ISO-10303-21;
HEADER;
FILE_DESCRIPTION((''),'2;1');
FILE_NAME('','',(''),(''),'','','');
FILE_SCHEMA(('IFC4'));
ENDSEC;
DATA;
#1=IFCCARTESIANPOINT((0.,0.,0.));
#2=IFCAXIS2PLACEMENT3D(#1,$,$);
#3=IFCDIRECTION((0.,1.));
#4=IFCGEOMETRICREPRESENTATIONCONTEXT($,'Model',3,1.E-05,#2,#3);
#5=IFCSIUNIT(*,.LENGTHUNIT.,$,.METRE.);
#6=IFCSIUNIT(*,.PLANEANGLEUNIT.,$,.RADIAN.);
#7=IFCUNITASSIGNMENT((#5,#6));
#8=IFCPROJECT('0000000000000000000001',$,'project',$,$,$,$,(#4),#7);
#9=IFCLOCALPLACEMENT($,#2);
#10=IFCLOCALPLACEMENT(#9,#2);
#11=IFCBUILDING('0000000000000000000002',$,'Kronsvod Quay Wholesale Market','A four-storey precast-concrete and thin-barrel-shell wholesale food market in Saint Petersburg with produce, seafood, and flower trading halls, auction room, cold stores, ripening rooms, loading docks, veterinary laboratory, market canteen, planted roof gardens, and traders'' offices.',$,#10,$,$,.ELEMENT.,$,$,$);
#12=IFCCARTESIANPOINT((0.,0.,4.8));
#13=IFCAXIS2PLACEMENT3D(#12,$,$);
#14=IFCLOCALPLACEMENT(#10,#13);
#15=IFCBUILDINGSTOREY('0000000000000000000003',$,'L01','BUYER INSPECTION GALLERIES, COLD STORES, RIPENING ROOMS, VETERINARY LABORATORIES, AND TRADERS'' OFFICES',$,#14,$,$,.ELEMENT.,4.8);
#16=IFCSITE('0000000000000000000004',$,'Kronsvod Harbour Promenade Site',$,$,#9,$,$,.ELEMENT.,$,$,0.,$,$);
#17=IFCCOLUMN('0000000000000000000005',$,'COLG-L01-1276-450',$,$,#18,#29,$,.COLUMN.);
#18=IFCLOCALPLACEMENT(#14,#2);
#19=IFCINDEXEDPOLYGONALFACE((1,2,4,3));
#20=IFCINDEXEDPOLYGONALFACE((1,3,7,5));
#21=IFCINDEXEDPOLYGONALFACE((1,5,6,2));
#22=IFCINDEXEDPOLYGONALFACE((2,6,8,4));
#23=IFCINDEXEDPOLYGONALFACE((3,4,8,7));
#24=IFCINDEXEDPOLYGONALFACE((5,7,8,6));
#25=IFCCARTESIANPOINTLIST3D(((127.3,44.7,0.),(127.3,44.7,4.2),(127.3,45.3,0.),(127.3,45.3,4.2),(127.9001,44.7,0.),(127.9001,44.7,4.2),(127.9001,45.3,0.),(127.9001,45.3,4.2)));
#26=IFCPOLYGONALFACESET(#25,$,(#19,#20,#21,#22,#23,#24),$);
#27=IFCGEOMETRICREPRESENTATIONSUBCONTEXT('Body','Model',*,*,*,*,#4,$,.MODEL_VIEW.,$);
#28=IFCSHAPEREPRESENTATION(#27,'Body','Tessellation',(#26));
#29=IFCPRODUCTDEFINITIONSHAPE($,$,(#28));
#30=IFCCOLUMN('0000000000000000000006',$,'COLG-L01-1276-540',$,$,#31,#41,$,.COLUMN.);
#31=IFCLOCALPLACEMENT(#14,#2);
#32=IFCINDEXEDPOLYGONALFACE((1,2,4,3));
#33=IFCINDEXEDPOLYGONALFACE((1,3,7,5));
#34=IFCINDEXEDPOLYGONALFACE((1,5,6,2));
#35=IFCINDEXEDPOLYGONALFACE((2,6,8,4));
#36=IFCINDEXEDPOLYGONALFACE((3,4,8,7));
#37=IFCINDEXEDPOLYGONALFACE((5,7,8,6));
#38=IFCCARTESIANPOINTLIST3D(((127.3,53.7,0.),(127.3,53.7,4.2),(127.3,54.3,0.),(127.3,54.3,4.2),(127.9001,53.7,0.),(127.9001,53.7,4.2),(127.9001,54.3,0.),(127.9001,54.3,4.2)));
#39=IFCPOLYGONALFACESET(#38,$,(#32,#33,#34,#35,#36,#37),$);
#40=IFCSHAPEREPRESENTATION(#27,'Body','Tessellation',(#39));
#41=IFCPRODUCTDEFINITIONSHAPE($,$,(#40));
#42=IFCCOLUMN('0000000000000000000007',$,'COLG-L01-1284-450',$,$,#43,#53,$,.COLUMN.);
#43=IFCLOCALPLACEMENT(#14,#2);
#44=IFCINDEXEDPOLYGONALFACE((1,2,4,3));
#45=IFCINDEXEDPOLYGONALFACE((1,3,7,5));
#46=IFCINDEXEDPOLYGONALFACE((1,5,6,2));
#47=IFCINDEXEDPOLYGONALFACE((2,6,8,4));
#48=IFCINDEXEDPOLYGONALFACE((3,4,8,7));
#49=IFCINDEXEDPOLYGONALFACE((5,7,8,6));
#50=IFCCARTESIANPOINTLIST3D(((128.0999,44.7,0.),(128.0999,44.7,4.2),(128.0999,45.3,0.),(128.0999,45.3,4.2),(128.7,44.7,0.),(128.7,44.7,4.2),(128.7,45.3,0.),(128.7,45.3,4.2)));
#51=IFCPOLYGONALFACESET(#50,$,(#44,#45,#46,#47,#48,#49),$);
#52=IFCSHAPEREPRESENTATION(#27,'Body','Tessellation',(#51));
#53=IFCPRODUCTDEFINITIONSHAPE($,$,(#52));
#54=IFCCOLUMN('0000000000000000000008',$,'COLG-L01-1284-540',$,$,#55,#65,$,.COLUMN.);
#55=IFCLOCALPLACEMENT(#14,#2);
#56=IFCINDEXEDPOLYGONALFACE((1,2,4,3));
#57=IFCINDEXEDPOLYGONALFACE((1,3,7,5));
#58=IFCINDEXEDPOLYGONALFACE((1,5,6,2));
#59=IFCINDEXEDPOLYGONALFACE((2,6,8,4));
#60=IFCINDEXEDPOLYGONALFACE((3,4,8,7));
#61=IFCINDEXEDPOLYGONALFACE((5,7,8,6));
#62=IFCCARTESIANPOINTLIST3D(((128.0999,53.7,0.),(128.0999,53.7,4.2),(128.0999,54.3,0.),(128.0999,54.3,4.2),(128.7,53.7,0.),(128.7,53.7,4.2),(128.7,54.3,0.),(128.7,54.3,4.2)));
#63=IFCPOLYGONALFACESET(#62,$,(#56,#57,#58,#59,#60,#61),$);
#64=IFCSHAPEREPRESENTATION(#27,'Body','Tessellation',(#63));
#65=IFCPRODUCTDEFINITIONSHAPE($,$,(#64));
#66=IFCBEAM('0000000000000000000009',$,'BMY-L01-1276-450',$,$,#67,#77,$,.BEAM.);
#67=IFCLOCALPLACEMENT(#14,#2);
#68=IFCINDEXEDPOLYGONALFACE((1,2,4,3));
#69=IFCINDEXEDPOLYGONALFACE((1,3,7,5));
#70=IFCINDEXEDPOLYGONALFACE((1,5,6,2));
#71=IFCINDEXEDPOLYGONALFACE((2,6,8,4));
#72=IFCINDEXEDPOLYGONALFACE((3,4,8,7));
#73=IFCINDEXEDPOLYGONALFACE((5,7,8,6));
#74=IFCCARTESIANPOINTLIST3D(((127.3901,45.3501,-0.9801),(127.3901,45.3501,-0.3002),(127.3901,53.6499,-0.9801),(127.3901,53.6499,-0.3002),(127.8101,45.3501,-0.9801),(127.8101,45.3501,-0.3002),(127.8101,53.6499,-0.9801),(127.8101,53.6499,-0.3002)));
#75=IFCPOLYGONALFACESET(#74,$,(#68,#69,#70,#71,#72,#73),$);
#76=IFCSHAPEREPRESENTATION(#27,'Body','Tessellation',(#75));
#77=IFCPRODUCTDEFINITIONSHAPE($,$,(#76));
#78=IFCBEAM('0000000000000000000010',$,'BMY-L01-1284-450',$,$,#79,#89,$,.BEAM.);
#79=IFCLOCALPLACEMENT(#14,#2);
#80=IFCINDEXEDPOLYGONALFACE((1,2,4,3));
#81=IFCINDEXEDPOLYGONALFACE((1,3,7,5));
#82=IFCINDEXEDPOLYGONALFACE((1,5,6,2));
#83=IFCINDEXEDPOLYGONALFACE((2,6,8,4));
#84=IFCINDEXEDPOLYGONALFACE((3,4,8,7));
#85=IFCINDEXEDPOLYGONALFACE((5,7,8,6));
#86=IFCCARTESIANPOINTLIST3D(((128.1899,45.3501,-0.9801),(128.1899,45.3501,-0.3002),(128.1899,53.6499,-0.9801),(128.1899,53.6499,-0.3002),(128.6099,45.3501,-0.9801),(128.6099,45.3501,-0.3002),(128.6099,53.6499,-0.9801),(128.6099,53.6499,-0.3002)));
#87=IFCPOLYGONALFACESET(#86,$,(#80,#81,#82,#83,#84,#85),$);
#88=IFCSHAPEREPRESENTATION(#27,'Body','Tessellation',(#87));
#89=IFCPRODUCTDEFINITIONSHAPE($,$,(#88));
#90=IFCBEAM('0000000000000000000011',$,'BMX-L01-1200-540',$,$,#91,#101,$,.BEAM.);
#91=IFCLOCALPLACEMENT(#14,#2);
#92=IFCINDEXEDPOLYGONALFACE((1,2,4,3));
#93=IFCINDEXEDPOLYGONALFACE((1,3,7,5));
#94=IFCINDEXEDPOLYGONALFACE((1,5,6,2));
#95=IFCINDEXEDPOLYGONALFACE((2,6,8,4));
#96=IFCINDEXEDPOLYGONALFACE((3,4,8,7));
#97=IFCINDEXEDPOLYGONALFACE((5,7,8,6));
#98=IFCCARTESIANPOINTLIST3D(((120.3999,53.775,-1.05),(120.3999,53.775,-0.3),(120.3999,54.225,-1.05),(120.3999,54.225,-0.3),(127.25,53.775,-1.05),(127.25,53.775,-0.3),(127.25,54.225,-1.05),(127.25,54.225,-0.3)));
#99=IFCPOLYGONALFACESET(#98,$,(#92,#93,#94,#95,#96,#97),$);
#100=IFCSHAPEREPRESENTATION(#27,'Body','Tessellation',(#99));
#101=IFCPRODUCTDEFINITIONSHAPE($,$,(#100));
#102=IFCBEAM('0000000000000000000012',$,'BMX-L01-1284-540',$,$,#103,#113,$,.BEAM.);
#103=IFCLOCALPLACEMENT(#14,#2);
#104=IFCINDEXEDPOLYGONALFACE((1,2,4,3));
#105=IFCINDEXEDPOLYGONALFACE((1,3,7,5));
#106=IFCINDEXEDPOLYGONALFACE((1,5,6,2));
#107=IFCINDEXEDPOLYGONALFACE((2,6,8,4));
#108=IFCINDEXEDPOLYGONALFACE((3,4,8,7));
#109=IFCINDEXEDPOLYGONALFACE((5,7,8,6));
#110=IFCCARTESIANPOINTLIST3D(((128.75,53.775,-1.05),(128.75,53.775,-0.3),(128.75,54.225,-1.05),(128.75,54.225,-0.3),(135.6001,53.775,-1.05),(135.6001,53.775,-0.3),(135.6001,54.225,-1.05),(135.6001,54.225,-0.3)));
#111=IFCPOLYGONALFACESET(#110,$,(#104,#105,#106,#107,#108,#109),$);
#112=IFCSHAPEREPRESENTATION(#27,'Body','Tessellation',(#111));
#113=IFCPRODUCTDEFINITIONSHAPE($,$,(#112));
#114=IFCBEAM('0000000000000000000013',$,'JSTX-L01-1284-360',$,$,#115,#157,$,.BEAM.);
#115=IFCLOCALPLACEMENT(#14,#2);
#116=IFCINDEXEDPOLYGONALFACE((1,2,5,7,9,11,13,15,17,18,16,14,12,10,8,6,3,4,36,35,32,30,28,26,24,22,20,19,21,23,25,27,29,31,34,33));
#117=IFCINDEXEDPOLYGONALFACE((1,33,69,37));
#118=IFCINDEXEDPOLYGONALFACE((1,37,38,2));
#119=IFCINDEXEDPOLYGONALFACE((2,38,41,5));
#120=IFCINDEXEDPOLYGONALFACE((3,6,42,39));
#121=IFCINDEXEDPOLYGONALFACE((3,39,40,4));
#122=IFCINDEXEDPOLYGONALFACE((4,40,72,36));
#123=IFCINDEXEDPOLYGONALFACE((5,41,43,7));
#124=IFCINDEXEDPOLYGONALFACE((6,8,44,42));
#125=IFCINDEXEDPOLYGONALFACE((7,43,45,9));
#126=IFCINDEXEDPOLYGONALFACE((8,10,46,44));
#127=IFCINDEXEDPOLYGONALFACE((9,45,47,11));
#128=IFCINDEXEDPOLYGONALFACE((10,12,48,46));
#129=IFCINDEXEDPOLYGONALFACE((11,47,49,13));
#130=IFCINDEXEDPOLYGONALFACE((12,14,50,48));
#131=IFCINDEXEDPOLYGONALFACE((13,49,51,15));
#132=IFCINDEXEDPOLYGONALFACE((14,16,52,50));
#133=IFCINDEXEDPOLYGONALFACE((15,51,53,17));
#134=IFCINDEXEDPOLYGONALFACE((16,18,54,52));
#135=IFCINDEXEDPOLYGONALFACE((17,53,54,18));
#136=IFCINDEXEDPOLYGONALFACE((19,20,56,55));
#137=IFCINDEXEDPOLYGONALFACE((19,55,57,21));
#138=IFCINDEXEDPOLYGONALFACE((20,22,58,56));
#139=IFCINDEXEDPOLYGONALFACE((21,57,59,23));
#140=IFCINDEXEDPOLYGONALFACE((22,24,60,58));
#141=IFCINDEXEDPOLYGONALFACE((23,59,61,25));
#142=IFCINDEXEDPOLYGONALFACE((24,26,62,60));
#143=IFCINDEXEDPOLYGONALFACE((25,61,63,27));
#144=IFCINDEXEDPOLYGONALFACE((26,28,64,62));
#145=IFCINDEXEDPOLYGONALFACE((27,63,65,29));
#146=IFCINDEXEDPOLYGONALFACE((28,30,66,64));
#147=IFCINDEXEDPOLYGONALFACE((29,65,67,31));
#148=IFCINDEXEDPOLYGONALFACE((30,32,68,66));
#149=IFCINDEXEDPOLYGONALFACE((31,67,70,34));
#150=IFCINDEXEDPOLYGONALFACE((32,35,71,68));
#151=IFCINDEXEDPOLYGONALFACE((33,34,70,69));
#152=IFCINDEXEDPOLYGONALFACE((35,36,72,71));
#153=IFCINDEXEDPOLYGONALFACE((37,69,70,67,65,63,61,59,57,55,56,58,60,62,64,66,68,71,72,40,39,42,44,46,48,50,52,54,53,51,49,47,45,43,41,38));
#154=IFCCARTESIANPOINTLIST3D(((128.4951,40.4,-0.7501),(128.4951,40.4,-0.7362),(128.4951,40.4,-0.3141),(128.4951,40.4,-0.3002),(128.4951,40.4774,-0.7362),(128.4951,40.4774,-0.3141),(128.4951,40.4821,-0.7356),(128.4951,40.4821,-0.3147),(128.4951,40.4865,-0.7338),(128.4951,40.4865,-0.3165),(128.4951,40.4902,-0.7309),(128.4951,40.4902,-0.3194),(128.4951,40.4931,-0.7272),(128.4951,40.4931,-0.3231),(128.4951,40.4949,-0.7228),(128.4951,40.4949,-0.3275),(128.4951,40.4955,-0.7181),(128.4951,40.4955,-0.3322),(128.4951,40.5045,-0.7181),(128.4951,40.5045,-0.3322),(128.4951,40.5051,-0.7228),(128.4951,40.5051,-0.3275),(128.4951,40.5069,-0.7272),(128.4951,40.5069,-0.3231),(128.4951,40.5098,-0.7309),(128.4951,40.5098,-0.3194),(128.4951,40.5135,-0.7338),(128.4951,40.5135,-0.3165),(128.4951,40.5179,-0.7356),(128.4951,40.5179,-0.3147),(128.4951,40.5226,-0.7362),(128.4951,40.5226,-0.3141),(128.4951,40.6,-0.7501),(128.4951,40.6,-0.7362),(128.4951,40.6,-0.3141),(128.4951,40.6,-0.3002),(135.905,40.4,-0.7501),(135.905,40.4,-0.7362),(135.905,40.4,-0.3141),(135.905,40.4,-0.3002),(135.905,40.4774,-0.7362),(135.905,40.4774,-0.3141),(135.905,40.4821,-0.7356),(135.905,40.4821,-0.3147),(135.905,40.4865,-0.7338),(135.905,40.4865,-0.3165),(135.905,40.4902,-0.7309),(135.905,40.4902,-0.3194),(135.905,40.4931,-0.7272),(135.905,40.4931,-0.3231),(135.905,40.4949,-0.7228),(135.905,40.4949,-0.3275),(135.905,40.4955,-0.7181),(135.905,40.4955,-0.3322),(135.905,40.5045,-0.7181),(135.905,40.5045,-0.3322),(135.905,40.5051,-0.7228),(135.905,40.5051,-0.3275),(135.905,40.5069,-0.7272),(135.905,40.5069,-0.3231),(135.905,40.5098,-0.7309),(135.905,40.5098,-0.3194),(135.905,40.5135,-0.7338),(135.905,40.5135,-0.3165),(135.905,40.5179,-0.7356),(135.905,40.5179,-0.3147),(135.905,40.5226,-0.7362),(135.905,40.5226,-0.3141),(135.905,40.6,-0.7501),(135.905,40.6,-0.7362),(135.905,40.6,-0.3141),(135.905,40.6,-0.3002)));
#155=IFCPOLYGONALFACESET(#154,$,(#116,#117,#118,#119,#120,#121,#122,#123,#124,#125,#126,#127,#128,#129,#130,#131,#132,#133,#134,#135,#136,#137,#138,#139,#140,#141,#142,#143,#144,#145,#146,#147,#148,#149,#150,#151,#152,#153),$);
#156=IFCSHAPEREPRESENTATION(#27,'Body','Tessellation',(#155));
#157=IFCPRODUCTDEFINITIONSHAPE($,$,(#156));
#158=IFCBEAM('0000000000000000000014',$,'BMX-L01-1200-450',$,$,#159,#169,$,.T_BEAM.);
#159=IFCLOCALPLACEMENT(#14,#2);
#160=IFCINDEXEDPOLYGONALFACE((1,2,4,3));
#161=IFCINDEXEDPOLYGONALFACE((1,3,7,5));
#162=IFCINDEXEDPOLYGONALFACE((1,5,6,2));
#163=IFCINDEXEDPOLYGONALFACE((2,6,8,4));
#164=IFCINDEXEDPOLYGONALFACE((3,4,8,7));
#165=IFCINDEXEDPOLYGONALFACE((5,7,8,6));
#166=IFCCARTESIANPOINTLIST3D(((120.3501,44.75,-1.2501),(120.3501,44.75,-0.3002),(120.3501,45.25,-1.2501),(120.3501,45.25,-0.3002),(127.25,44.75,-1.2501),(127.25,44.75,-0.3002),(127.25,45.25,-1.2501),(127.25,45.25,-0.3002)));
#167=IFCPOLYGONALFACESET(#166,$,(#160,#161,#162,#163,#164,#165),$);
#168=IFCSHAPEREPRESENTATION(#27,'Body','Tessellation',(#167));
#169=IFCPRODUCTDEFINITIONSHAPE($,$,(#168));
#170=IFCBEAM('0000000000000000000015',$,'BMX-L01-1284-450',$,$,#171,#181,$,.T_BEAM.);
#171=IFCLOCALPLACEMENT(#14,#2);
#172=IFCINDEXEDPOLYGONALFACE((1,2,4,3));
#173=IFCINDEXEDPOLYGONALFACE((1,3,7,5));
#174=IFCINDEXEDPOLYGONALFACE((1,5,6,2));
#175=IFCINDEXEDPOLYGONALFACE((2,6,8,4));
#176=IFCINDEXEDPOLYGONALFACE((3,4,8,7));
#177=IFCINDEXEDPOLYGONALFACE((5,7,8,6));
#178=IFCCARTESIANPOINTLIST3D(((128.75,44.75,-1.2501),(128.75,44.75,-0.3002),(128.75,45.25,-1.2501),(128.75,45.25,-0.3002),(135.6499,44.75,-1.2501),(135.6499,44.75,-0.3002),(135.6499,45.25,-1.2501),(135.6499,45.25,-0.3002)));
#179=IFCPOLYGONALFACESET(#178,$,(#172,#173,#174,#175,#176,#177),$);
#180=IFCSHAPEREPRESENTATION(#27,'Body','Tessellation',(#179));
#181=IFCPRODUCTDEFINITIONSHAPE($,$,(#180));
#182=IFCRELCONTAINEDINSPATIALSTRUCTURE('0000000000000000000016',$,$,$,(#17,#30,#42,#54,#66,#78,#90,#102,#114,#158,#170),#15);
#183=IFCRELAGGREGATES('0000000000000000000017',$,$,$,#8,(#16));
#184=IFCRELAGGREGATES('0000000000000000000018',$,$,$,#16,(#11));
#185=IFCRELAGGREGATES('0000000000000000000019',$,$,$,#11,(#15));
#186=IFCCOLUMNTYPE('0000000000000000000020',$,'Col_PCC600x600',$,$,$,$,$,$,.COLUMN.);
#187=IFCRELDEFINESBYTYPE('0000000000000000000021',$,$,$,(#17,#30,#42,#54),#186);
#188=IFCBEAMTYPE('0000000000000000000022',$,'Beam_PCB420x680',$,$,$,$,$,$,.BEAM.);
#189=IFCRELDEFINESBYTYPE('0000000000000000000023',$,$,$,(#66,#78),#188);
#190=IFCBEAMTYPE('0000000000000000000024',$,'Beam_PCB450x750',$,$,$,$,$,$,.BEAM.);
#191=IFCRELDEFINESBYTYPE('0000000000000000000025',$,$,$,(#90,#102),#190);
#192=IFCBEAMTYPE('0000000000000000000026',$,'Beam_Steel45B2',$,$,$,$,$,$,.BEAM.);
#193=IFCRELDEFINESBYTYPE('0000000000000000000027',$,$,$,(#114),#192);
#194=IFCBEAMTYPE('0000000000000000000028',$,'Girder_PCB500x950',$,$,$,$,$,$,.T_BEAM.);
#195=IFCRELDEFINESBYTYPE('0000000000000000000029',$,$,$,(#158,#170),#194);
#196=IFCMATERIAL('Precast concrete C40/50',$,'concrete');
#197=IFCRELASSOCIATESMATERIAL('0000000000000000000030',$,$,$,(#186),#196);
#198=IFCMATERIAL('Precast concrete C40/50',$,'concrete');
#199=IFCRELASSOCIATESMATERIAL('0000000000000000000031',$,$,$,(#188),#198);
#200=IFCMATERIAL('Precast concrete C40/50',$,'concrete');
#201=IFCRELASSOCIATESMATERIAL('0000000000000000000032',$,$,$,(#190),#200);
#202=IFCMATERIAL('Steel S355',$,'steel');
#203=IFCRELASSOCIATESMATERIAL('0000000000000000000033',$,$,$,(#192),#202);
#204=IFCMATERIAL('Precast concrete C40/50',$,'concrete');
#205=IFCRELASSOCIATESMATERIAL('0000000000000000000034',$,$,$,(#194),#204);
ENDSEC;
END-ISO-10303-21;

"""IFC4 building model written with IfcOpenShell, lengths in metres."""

from ifc_helpers import new_model, si_unit, direction, frame, origin, origin_2d, place, context, subcontext, project, spatial, rectangle, i_section, extrude, material, material_profile, profile_set, type_object, element, save


model = new_model("IFC4")

# Units and contexts
model_context = context("Model", 3, precision=1e-05, world=origin(), true_north=direction((0.0, 1.0)))
body_context = subcontext(model_context, "Body", "Model", "MODEL_VIEW")
ifc_project = project(units=[si_unit("LENGTHUNIT", "METRE"), si_unit("PLANEANGLEUNIT", "RADIAN")], contexts=[model_context])

# Site, building, storey
site_placement = place(None, origin())
site = spatial("IfcSite", under=ifc_project, at=site_placement, Name="Kronsvod Harbour Promenade Site", CompositionType="ELEMENT", RefElevation=0.0)
building_placement = place(site_placement, origin())
building = spatial("IfcBuilding", under=site, at=building_placement, Name="Kronsvod Quay Wholesale Market", Description="A four-storey precast-concrete and thin-barrel-shell wholesale food market in Saint Petersburg with produce, seafood, and flower trading halls, auction room, cold stores, ripening rooms, loading docks, veterinary laboratory, market canteen, planted roof gardens, and traders' offices.", CompositionType="ELEMENT")
storey_placement = place(building_placement, frame((0.0, 0.0, 4.8)))
storey = spatial("IfcBuildingStorey", under=building, at=storey_placement, Name="L01", Description="BUYER INSPECTION GALLERIES, COLD STORES, RIPENING ROOMS, VETERINARY LABORATORIES, AND TRADERS' OFFICES", CompositionType="ELEMENT", Elevation=4.8)

# Columns
ifc_material_1 = material(Name="Precast concrete C40/50", Category="concrete")
ifc_material_profile_1 = material_profile(ifc_material_1, rectangle(XDim=0.6001, YDim=0.6001, at=origin_2d()), Name="PCC600x600")
ifc_profile_set_1 = profile_set([ifc_material_profile_1], Name="Precast concrete C40/50")
column_type = type_object("IfcColumnType", Name="Col_PCC600x600", PredefinedType="COLUMN", material=ifc_profile_set_1)
for number, where, z_axis, x_axis, name in (
    (1, (127.6001, 45.0, 0.0), (0.0, 0.0, 1.0), (1.0, 0.0, 0.0), "COLG-L01-1276-450"),
    (2, (127.6001, 54.0, 0.0), (0.0, 0.0, 1.0), (1.0, 0.0, 0.0), "COLG-L01-1276-540"),
    (3, (128.3999, 45.0, 0.0), (0.0, 0.0, 1.0), (1.0, 0.0, 0.0), "COLG-L01-1284-450"),
    (4, (128.3999, 54.0, 0.0), (0.0, 0.0, 1.0), (1.0, 0.0, 0.0), "COLG-L01-1284-540"),
):
    element("IfcColumn", number, at=place(storey_placement, frame(where, z_axis=z_axis, x_axis=x_axis)), inside=storey, type_object=column_type, Name=name, PredefinedType="COLUMN", context=body_context, shape_type="SweptSolid", body=[
        extrude(rectangle(XDim=0.6001, YDim=0.6001, at=origin_2d()), origin(), (0.0, 0.0, 1.0), 4.2),
    ])

# Beams
ifc_material_2 = material(Name="Precast concrete C40/50", Category="concrete")
ifc_material_profile_2 = material_profile(ifc_material_2, rectangle(XDim=0.4199, YDim=0.6799, at=origin_2d()), Name="PB-05")
ifc_profile_set_2 = profile_set([ifc_material_profile_2], Name="Precast concrete C40/50")
beam_type_1 = type_object("IfcBeamType", Name="Beam_PCB420x680", PredefinedType="BEAM", material=ifc_profile_set_2)
for number, where, z_axis, x_axis, name in (
    (5, (127.6001, 45.3501, -0.6401), (0.0, 1.0, 0.0), (-1.0, 0.0, 0.0), "BMY-L01-1276-450"),
    (6, (128.3999, 45.3501, -0.6401), (0.0, 1.0, 0.0), (-1.0, 0.0, 0.0), "BMY-L01-1284-450"),
):
    element("IfcBeam", number, at=place(storey_placement, frame(where, z_axis=z_axis, x_axis=x_axis)), inside=storey, type_object=beam_type_1, Name=name, PredefinedType="BEAM", context=body_context, shape_type="SweptSolid", body=[
        extrude(rectangle(XDim=0.4199, YDim=0.6799, at=origin_2d()), origin(), (0.0, 0.0, 1.0), 8.2998),
    ])
ifc_material_3 = material(Name="Precast concrete C40/50", Category="concrete")
ifc_material_profile_3 = material_profile(ifc_material_3, rectangle(XDim=0.45, YDim=0.75, at=origin_2d()), Name="PCB450x750")
ifc_profile_set_3 = profile_set([ifc_material_profile_3], Name="Precast concrete C40/50")
beam_type_2 = type_object("IfcBeamType", Name="Beam_PCB450x750", PredefinedType="BEAM", material=ifc_profile_set_3)
for number, where, z_axis, x_axis, name in (
    (7, (120.3999, 54.0, -0.675), (1.0, 0.0, 0.0), (0.0, 1.0, 0.0), "BMX-L01-1200-540"),
    (8, (128.75, 54.0, -0.675), (1.0, 0.0, 0.0), (0.0, 1.0, 0.0), "BMX-L01-1284-540"),
):
    element("IfcBeam", number, at=place(storey_placement, frame(where, z_axis=z_axis, x_axis=x_axis)), inside=storey, type_object=beam_type_2, Name=name, PredefinedType="BEAM", context=body_context, shape_type="SweptSolid", body=[
        extrude(rectangle(XDim=0.45, YDim=0.75, at=origin_2d()), origin(), (0.0, 0.0, 1.0), 6.8501),
    ])
ifc_material_4 = material(Name="Steel S355", Category="steel")
ifc_material_profile_4 = material_profile(ifc_material_4, i_section(OverallWidth=0.2, OverallDepth=0.45, WebThickness=0.009, FlangeThickness=0.0139, FilletRadius=0.0181, at=origin_2d()), Name="45B2")
ifc_profile_set_4 = profile_set([ifc_material_profile_4], Name="Steel S355")
beam_type_3 = type_object("IfcBeamType", Name="Beam_Steel45B2", PredefinedType="BEAM", material=ifc_profile_set_4)
beam_1_placement = place(storey_placement, frame((128.4951, 40.5, -0.5251), z_axis=(1.0, 0.0, 0.0), x_axis=(0.0, 1.0, 0.0)))
element("IfcBeam", 9, at=beam_1_placement, inside=storey, type_object=beam_type_3, Name="JSTX-L01-1284-360", PredefinedType="BEAM", context=body_context, shape_type="SweptSolid", body=[
    extrude(i_section(OverallWidth=0.2, OverallDepth=0.45, WebThickness=0.009, FlangeThickness=0.0139, FilletRadius=0.0181, at=origin_2d()), origin(), (0.0, 0.0, 1.0), 7.4099),
])
ifc_material_5 = material(Name="Precast concrete C40/50", Category="concrete")
ifc_material_profile_5 = material_profile(ifc_material_5, rectangle(XDim=0.5, YDim=0.95, at=origin_2d()), Name="PCB500x950")
ifc_profile_set_5 = profile_set([ifc_material_profile_5], Name="Precast concrete C40/50")
beam_type_4 = type_object("IfcBeamType", Name="Girder_PCB500x950", PredefinedType="T_BEAM", material=ifc_profile_set_5)
for number, where, z_axis, x_axis, name in (
    (10, (120.3501, 45.0, -0.7751), (1.0, 0.0, 0.0), (0.0, 1.0, 0.0), "BMX-L01-1200-450"),
    (11, (128.75, 45.0, -0.7751), (1.0, 0.0, 0.0), (0.0, 1.0, 0.0), "BMX-L01-1284-450"),
):
    element("IfcBeam", number, at=place(storey_placement, frame(where, z_axis=z_axis, x_axis=x_axis)), inside=storey, type_object=beam_type_4, Name=name, PredefinedType="T_BEAM", context=body_context, shape_type="SweptSolid", body=[
        extrude(rectangle(XDim=0.5, YDim=0.95, at=origin_2d()), origin(), (0.0, 0.0, 1.0), 6.8999),
    ])

save(model, "model.ifc")
